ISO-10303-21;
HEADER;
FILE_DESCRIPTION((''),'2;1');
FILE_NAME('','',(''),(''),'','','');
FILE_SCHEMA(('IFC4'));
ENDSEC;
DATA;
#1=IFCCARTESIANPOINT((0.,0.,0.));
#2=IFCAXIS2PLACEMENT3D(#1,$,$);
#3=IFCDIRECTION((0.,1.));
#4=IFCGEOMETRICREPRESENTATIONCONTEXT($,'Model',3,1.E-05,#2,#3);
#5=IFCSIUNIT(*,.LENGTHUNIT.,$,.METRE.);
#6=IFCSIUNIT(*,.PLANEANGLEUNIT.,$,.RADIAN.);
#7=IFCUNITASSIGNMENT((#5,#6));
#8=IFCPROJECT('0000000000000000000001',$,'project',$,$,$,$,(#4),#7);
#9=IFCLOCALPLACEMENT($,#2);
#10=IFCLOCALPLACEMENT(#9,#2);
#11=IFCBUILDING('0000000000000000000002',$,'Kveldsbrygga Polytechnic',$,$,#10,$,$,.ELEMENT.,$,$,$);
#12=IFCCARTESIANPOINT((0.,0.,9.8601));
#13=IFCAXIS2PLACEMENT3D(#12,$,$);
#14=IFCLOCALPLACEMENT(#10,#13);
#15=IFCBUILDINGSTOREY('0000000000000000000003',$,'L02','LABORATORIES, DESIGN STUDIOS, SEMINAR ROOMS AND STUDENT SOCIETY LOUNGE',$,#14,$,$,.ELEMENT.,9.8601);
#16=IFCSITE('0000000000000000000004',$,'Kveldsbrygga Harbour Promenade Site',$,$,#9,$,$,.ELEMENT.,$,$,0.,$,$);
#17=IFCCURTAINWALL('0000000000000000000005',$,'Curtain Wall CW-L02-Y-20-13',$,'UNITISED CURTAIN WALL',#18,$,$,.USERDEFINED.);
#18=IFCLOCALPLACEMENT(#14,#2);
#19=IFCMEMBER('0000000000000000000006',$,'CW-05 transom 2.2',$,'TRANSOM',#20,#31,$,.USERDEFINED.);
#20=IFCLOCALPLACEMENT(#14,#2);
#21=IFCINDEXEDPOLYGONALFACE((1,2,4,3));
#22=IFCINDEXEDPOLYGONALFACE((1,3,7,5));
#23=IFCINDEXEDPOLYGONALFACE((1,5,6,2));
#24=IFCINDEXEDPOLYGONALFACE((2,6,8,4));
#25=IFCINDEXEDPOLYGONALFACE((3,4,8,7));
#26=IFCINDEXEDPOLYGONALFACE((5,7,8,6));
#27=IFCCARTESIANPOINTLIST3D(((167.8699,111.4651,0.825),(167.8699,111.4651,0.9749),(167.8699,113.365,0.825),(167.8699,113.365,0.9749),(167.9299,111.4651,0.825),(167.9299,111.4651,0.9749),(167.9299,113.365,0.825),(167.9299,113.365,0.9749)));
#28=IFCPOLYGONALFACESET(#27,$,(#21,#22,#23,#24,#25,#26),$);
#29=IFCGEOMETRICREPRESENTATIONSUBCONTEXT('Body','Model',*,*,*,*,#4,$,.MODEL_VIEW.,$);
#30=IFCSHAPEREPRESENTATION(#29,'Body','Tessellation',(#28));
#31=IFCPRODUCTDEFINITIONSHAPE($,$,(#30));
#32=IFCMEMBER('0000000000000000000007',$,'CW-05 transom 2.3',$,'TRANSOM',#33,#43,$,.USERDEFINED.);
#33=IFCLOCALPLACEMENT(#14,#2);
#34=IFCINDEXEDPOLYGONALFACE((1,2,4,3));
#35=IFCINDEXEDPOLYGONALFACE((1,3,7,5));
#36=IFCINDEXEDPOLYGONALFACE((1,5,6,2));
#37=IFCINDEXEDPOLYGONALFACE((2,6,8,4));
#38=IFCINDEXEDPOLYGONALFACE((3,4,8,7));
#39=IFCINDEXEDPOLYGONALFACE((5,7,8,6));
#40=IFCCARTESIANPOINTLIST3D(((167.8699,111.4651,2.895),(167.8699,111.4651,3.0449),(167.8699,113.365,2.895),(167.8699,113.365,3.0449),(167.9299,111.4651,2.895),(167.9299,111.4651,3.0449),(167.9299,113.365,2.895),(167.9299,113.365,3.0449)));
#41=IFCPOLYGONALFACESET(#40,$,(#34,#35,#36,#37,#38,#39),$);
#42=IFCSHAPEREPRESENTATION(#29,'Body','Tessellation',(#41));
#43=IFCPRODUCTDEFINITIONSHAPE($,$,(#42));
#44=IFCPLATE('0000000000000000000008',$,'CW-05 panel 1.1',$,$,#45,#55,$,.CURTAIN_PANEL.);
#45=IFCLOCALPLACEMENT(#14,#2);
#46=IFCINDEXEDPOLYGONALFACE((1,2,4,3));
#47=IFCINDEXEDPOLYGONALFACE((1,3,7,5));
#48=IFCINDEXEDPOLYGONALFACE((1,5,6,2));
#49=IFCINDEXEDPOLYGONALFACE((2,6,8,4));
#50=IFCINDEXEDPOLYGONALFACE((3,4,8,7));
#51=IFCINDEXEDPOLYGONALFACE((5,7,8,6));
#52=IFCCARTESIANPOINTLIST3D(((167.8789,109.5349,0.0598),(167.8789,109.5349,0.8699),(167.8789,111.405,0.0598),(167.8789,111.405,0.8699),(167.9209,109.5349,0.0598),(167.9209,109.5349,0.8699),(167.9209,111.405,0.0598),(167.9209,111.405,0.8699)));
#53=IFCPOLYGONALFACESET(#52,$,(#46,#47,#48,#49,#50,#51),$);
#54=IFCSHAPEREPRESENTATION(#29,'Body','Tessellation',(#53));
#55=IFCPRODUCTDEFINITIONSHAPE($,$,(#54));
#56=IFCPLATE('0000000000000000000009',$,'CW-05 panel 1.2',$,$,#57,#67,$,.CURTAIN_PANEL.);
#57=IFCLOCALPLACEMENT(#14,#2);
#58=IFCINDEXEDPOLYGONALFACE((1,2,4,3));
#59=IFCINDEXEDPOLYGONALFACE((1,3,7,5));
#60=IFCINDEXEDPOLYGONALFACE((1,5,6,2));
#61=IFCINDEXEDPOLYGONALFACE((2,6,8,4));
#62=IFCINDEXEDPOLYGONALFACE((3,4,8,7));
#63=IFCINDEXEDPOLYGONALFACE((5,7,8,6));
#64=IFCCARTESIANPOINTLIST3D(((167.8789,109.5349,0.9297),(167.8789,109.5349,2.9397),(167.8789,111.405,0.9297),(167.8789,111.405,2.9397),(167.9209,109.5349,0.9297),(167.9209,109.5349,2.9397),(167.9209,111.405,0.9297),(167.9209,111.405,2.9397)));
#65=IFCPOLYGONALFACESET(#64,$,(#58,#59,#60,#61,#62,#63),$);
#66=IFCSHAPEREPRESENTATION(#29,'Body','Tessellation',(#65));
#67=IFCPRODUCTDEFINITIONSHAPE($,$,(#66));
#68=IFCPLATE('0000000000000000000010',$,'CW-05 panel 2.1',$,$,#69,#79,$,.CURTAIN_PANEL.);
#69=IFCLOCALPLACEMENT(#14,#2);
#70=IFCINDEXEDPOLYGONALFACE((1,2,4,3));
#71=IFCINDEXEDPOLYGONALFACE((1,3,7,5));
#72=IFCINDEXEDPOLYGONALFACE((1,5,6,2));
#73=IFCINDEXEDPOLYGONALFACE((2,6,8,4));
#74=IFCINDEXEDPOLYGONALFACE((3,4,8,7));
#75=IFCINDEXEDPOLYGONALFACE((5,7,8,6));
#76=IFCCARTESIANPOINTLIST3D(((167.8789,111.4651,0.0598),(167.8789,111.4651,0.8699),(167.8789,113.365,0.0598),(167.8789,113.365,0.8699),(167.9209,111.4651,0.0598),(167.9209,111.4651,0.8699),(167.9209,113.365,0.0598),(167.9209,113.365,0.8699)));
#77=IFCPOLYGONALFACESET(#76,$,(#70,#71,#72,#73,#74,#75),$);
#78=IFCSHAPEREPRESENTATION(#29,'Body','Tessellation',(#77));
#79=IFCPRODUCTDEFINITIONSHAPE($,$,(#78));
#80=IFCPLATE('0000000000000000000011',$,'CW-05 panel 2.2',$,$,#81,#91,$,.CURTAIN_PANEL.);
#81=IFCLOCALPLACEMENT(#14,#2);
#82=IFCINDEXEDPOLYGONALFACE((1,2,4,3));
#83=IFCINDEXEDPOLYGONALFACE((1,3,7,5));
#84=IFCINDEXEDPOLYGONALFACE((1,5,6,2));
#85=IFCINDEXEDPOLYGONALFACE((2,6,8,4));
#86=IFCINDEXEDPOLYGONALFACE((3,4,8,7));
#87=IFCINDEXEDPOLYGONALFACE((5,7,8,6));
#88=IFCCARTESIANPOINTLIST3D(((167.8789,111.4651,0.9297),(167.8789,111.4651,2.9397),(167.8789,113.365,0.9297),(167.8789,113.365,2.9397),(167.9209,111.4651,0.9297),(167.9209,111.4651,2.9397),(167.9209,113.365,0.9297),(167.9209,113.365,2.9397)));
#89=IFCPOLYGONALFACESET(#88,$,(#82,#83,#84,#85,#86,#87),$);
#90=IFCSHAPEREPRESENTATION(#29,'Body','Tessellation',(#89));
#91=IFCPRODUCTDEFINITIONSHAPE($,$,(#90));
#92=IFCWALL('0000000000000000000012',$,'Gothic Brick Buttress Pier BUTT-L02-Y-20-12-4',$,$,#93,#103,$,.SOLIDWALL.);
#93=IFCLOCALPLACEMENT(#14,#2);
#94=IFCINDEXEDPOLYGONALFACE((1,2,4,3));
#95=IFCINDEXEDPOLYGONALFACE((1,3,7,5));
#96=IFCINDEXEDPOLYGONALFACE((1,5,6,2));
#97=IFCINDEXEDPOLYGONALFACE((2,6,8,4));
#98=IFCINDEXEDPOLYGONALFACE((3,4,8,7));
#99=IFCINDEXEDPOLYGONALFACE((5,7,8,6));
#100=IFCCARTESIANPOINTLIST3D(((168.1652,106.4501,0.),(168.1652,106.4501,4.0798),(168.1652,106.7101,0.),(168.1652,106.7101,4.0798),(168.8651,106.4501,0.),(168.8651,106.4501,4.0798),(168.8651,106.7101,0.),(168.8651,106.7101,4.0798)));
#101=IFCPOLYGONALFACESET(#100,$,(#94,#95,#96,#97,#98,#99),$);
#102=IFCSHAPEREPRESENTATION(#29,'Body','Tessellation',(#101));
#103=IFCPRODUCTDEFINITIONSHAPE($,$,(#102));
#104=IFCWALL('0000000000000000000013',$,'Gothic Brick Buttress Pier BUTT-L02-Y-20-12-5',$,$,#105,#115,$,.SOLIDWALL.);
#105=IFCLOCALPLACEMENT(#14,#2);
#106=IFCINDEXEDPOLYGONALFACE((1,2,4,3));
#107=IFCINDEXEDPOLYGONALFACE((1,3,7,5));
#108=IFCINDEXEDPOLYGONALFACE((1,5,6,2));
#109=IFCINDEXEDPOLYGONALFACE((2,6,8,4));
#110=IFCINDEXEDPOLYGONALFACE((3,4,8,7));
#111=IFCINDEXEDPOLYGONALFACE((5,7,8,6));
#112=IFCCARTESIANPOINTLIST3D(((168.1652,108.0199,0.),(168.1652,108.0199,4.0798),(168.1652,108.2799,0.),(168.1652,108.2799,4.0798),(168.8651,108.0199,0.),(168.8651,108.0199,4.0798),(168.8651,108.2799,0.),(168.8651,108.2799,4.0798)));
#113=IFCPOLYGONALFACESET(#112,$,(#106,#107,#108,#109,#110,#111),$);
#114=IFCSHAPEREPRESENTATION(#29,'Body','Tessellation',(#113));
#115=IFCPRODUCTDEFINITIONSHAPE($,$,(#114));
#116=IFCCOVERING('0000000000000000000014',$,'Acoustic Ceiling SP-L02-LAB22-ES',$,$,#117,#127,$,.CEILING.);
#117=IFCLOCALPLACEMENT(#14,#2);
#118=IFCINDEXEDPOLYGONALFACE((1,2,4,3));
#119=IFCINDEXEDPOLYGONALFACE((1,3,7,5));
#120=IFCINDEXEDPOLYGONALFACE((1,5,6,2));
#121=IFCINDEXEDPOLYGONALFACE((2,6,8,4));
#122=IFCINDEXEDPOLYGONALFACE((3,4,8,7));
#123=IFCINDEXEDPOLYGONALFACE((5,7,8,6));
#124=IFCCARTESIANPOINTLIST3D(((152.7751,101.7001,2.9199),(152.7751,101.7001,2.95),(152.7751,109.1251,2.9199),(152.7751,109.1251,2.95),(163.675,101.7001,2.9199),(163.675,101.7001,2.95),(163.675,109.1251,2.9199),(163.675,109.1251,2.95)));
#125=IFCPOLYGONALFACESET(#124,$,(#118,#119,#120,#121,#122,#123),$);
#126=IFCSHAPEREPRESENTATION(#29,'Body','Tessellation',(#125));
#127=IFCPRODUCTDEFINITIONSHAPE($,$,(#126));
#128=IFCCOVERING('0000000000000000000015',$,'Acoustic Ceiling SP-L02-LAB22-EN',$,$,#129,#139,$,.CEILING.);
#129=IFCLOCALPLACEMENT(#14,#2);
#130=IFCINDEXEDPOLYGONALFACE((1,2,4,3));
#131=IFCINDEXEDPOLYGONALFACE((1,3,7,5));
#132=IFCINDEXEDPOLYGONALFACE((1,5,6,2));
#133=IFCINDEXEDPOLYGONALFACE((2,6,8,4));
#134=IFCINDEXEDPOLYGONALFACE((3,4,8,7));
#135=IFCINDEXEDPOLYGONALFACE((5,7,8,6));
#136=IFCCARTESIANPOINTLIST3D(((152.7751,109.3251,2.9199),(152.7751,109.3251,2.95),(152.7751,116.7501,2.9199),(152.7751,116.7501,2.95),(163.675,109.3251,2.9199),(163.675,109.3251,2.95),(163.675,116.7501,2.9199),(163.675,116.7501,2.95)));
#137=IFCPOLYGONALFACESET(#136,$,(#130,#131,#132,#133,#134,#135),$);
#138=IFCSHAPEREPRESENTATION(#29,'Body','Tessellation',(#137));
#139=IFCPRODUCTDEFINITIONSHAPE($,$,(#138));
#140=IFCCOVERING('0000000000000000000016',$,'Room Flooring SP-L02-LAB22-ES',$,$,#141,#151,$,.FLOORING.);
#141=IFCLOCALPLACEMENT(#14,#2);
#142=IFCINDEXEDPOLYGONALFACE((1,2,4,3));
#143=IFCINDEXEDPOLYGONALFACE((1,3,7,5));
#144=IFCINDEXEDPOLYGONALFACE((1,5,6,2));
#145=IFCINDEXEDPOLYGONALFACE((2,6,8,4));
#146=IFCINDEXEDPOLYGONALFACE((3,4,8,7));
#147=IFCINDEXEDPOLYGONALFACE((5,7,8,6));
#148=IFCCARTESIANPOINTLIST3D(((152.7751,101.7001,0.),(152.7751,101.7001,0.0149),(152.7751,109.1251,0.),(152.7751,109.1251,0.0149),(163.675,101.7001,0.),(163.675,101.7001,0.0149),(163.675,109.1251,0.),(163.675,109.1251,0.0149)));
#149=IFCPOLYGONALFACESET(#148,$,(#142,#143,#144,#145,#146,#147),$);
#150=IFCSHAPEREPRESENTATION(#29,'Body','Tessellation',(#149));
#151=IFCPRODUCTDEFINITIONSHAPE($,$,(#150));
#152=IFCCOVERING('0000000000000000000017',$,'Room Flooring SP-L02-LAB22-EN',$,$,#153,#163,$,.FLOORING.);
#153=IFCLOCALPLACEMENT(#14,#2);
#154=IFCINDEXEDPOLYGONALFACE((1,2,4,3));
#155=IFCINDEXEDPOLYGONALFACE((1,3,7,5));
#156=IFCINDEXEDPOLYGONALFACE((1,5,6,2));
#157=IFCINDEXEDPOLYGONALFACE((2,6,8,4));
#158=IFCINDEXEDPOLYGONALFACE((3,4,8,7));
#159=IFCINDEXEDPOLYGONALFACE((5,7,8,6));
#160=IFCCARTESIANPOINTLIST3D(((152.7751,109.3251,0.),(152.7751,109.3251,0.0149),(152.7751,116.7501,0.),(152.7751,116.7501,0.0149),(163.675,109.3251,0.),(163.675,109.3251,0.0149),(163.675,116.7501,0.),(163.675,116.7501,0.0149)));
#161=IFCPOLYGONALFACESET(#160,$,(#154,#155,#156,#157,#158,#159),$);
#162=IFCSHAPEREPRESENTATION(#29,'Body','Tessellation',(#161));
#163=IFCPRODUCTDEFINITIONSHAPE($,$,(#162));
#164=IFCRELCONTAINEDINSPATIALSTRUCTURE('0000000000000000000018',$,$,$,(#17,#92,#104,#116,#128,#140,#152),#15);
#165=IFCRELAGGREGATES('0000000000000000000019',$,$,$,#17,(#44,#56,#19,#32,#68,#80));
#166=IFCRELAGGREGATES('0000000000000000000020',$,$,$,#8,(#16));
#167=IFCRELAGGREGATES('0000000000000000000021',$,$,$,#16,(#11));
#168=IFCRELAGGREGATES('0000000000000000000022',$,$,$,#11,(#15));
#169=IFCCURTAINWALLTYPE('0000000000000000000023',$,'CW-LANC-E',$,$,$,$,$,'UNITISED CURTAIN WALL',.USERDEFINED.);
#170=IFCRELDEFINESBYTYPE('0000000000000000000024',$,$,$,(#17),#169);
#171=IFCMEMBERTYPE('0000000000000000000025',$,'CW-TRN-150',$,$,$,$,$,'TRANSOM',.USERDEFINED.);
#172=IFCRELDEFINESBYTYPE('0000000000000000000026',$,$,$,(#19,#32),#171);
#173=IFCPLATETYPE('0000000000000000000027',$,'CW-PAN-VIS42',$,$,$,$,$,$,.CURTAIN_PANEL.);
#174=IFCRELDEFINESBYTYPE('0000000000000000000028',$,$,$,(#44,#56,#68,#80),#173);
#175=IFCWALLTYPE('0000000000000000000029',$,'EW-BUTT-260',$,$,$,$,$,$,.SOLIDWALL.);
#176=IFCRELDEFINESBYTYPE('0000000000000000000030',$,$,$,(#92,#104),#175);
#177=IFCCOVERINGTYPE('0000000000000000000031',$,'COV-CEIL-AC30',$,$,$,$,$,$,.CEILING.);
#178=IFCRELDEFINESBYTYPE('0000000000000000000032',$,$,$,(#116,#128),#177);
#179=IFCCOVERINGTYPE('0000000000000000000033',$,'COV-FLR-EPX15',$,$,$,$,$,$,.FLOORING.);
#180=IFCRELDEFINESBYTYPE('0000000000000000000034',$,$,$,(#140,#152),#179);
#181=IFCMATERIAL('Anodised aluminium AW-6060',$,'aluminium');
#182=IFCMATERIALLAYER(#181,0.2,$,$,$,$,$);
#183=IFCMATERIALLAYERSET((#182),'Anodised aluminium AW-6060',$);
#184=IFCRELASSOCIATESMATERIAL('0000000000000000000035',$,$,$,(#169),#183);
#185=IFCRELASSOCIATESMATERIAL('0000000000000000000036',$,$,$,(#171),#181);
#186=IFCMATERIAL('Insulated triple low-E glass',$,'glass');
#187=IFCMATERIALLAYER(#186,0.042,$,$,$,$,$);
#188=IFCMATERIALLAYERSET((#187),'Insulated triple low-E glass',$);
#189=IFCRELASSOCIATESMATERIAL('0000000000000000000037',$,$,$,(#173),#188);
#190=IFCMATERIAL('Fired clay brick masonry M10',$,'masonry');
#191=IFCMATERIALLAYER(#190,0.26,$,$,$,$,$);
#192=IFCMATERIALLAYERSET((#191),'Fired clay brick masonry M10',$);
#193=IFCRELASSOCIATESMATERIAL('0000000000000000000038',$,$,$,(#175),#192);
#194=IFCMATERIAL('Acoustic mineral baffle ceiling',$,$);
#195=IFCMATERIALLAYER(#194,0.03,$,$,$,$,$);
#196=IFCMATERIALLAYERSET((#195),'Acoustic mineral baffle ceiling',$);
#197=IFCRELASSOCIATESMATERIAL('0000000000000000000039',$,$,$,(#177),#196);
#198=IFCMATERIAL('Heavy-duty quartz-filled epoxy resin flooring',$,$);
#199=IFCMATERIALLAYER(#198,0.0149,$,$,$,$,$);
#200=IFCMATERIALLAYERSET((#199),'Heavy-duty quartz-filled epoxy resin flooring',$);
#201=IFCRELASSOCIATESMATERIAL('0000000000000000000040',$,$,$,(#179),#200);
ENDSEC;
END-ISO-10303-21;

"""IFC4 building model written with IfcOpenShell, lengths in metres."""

from ifc_helpers import new_model, si_unit, direction, frame, frame_2d, origin, origin_2d, place, context, subcontext, project, spatial, rectangle, extrude, material, layer, layer_set, material_profile, profile_set, type_object, element, aggregate, save


model = new_model("IFC4")

# Units and contexts
model_context = context("Model", 3, precision=1e-05, world=origin(), true_north=direction((0.0, 1.0)))
body_context = subcontext(model_context, "Body", "Model", "MODEL_VIEW")
ifc_project = project(units=[si_unit("LENGTHUNIT", "METRE"), si_unit("PLANEANGLEUNIT", "RADIAN")], contexts=[model_context])

# Site, building, storey
site_placement = place(None, origin())
site = spatial("IfcSite", under=ifc_project, at=site_placement, Name="Kveldsbrygga Harbour Promenade Site", CompositionType="ELEMENT", RefElevation=0.0)
building_placement = place(site_placement, origin())
building = spatial("IfcBuilding", under=site, at=building_placement, Name="Kveldsbrygga Polytechnic", CompositionType="ELEMENT")
storey_placement = place(building_placement, frame((0.0, 0.0, 9.8601)))
storey = spatial("IfcBuildingStorey", under=building, at=storey_placement, Name="L02", Description="LABORATORIES, DESIGN STUDIOS, SEMINAR ROOMS AND STUDENT SOCIETY LOUNGE", CompositionType="ELEMENT", Elevation=9.8601)

# Curtain wall, members, plates
ifc_material_1 = material(Name="Anodised aluminium AW-6060", Category="aluminium")
ifc_layer_1 = layer(ifc_material_1, 0.2)
ifc_layer_set_1 = layer_set([ifc_layer_1], Name="Anodised aluminium AW-6060")
curtain_wall_type = type_object("IfcCurtainWallType", Name="CW-LANC-E", ElementType="UNITISED CURTAIN WALL", PredefinedType="USERDEFINED", material=ifc_layer_set_1)
curtain_wall_placement = place(storey_placement, origin())
curtain_wall = element("IfcCurtainWall", 1, at=curtain_wall_placement, inside=storey, type_object=curtain_wall_type, Name="Curtain Wall CW-L02-Y-20-13", ObjectType="UNITISED CURTAIN WALL", PredefinedType="USERDEFINED")
ifc_material_profile_1 = material_profile(ifc_material_1, rectangle(XDim=0.0601, YDim=0.1499, at=origin_2d()), Name="ALU 60x150")
ifc_profile_set_1 = profile_set([ifc_material_profile_1], Name="Anodised aluminium AW-6060")
member_type_1 = type_object("IfcMemberType", Name="CW-TRN-150", ElementType="TRANSOM", PredefinedType="USERDEFINED", material=ifc_profile_set_1)
member_1_placement = place(storey_placement, frame((167.8999, 111.4651, 0.8999), z_axis=(0.0, 1.0, 0.0), x_axis=(-1.0, 0.0, 0.0)))
member_1 = element("IfcMember", 2, at=member_1_placement, type_object=member_type_1, Name="CW-05 transom 2.2", ObjectType="TRANSOM", PredefinedType="USERDEFINED", context=body_context, shape_type="SweptSolid", body=[
    extrude(rectangle(XDim=0.0601, YDim=0.1499, at=origin_2d()), origin(), (0.0, 0.0, 1.0), 1.8999),
])
member_2_placement = place(storey_placement, frame((167.8999, 111.4651, 2.97), z_axis=(0.0, 1.0, 0.0), x_axis=(-1.0, 0.0, 0.0)))
member_2 = element("IfcMember", 3, at=member_2_placement, type_object=member_type_1, Name="CW-05 transom 2.3", ObjectType="TRANSOM", PredefinedType="USERDEFINED", context=body_context, shape_type="SweptSolid", body=[
    extrude(rectangle(XDim=0.0601, YDim=0.1499, at=origin_2d()), origin(), (0.0, 0.0, 1.0), 1.8999),
])
ifc_material_2 = material(Name="Insulated triple low-E glass", Category="glass")
ifc_layer_2 = layer(ifc_material_2, 0.042)
ifc_layer_set_2 = layer_set([ifc_layer_2], Name="Insulated triple low-E glass")
plate_type = type_object("IfcPlateType", Name="CW-PAN-VIS42", PredefinedType="CURTAIN_PANEL", material=ifc_layer_set_2)
plate_1_placement = place(storey_placement, frame((167.8999, 110.47, 0.0598), z_axis=(0.0, 0.0, 1.0), x_axis=(0.0, 1.0, 0.0)))
plate_1 = element("IfcPlate", 4, at=plate_1_placement, type_object=plate_type, Name="CW-05 panel 1.1", PredefinedType="CURTAIN_PANEL", context=body_context, shape_type="SweptSolid", body=[
    extrude(rectangle(XDim=1.8701, YDim=0.042, at=origin_2d()), origin(), (0.0, 0.0, 1.0), 0.8101),
])
plate_2_placement = place(storey_placement, frame((167.8999, 110.47, 0.9297), z_axis=(0.0, 0.0, 1.0), x_axis=(0.0, 1.0, 0.0)))
plate_2 = element("IfcPlate", 5, at=plate_2_placement, type_object=plate_type, Name="CW-05 panel 1.2", PredefinedType="CURTAIN_PANEL", context=body_context, shape_type="SweptSolid", body=[
    extrude(rectangle(XDim=1.8701, YDim=0.042, at=origin_2d()), origin(), (0.0, 0.0, 1.0), 2.01),
])
plate_3_placement = place(storey_placement, frame((167.8999, 112.415, 0.0598), z_axis=(0.0, 0.0, 1.0), x_axis=(0.0, 1.0, 0.0)))
plate_3 = element("IfcPlate", 6, at=plate_3_placement, type_object=plate_type, Name="CW-05 panel 2.1", PredefinedType="CURTAIN_PANEL", context=body_context, shape_type="SweptSolid", body=[
    extrude(rectangle(XDim=1.8999, YDim=0.042, at=origin_2d()), origin(), (0.0, 0.0, 1.0), 0.8101),
])
plate_4_placement = place(storey_placement, frame((167.8999, 112.415, 0.9297), z_axis=(0.0, 0.0, 1.0), x_axis=(0.0, 1.0, 0.0)))
plate_4 = element("IfcPlate", 7, at=plate_4_placement, type_object=plate_type, Name="CW-05 panel 2.2", PredefinedType="CURTAIN_PANEL", context=body_context, shape_type="SweptSolid", body=[
    extrude(rectangle(XDim=1.8999, YDim=0.042, at=origin_2d()), origin(), (0.0, 0.0, 1.0), 2.01),
])
aggregate(curtain_wall, [plate_1, plate_2, member_1, member_2, plate_3, plate_4])

# Walls
ifc_material_3 = material(Name="Fired clay brick masonry M10", Category="masonry")
ifc_layer_3 = layer(ifc_material_3, 0.26)
ifc_layer_set_3 = layer_set([ifc_layer_3], Name="Fired clay brick masonry M10")
wall_type = type_object("IfcWallType", Name="EW-BUTT-260", PredefinedType="SOLIDWALL", material=ifc_layer_set_3)
for number, where, z_axis, x_axis, name in (
    (8, (168.165, 106.5801, 0.0), (0.0, 0.0, 1.0), (1.0, 0.0, 0.0), "Gothic Brick Buttress Pier BUTT-L02-Y-20-12-4"),
    (9, (168.165, 108.1499, 0.0), (0.0, 0.0, 1.0), (1.0, 0.0, 0.0), "Gothic Brick Buttress Pier BUTT-L02-Y-20-12-5"),
):
    element("IfcWall", number, at=place(storey_placement, frame(where, z_axis=z_axis, x_axis=x_axis)), inside=storey, type_object=wall_type, Name=name, PredefinedType="SOLIDWALL", context=body_context, shape_type="SweptSolid", body=[
        extrude(rectangle(XDim=0.7, YDim=0.26, at=frame_2d((0.3501, 0.0))), origin(), (0.0, 0.0, 1.0), 4.0798),
    ])

# Coverings
ifc_material_4 = material(Name="Acoustic mineral baffle ceiling")
ifc_layer_4 = layer(ifc_material_4, 0.03)
ifc_layer_set_4 = layer_set([ifc_layer_4], Name="Acoustic mineral baffle ceiling")
covering_type_1 = type_object("IfcCoveringType", Name="COV-CEIL-AC30", PredefinedType="CEILING", material=ifc_layer_set_4)
for number, where, z_axis, x_axis, name in (
    (10, (158.2251, 105.4126, 2.9199), (0.0, 0.0, 1.0), (1.0, 0.0, 0.0), "Acoustic Ceiling SP-L02-LAB22-ES"),
    (11, (158.2251, 113.0376, 2.9199), (0.0, 0.0, 1.0), (1.0, 0.0, 0.0), "Acoustic Ceiling SP-L02-LAB22-EN"),
):
    element("IfcCovering", number, at=place(storey_placement, frame(where, z_axis=z_axis, x_axis=x_axis)), inside=storey, type_object=covering_type_1, Name=name, PredefinedType="CEILING", context=body_context, shape_type="SweptSolid", body=[
        extrude(rectangle(XDim=10.8999, YDim=7.425, at=origin_2d()), origin(), (0.0, 0.0, 1.0), 0.03),
    ])
ifc_material_5 = material(Name="Heavy-duty quartz-filled epoxy resin flooring")
ifc_layer_5 = layer(ifc_material_5, 0.0149)
ifc_layer_set_5 = layer_set([ifc_layer_5], Name="Heavy-duty quartz-filled epoxy resin flooring")
covering_type_2 = type_object("IfcCoveringType", Name="COV-FLR-EPX15", PredefinedType="FLOORING", material=ifc_layer_set_5)
for number, where, z_axis, x_axis, name in (
    (12, (158.2251, 105.4126, 0.0), (0.0, 0.0, 1.0), (1.0, 0.0, 0.0), "Room Flooring SP-L02-LAB22-ES"),
    (13, (158.2251, 113.0376, 0.0), (0.0, 0.0, 1.0), (1.0, 0.0, 0.0), "Room Flooring SP-L02-LAB22-EN"),
):
    element("IfcCovering", number, at=place(storey_placement, frame(where, z_axis=z_axis, x_axis=x_axis)), inside=storey, type_object=covering_type_2, Name=name, PredefinedType="FLOORING", context=body_context, shape_type="SweptSolid", body=[
        extrude(rectangle(XDim=10.8999, YDim=7.425, at=origin_2d()), origin(), (0.0, 0.0, 1.0), 0.0149),
    ])

save(model, "model.ifc")
